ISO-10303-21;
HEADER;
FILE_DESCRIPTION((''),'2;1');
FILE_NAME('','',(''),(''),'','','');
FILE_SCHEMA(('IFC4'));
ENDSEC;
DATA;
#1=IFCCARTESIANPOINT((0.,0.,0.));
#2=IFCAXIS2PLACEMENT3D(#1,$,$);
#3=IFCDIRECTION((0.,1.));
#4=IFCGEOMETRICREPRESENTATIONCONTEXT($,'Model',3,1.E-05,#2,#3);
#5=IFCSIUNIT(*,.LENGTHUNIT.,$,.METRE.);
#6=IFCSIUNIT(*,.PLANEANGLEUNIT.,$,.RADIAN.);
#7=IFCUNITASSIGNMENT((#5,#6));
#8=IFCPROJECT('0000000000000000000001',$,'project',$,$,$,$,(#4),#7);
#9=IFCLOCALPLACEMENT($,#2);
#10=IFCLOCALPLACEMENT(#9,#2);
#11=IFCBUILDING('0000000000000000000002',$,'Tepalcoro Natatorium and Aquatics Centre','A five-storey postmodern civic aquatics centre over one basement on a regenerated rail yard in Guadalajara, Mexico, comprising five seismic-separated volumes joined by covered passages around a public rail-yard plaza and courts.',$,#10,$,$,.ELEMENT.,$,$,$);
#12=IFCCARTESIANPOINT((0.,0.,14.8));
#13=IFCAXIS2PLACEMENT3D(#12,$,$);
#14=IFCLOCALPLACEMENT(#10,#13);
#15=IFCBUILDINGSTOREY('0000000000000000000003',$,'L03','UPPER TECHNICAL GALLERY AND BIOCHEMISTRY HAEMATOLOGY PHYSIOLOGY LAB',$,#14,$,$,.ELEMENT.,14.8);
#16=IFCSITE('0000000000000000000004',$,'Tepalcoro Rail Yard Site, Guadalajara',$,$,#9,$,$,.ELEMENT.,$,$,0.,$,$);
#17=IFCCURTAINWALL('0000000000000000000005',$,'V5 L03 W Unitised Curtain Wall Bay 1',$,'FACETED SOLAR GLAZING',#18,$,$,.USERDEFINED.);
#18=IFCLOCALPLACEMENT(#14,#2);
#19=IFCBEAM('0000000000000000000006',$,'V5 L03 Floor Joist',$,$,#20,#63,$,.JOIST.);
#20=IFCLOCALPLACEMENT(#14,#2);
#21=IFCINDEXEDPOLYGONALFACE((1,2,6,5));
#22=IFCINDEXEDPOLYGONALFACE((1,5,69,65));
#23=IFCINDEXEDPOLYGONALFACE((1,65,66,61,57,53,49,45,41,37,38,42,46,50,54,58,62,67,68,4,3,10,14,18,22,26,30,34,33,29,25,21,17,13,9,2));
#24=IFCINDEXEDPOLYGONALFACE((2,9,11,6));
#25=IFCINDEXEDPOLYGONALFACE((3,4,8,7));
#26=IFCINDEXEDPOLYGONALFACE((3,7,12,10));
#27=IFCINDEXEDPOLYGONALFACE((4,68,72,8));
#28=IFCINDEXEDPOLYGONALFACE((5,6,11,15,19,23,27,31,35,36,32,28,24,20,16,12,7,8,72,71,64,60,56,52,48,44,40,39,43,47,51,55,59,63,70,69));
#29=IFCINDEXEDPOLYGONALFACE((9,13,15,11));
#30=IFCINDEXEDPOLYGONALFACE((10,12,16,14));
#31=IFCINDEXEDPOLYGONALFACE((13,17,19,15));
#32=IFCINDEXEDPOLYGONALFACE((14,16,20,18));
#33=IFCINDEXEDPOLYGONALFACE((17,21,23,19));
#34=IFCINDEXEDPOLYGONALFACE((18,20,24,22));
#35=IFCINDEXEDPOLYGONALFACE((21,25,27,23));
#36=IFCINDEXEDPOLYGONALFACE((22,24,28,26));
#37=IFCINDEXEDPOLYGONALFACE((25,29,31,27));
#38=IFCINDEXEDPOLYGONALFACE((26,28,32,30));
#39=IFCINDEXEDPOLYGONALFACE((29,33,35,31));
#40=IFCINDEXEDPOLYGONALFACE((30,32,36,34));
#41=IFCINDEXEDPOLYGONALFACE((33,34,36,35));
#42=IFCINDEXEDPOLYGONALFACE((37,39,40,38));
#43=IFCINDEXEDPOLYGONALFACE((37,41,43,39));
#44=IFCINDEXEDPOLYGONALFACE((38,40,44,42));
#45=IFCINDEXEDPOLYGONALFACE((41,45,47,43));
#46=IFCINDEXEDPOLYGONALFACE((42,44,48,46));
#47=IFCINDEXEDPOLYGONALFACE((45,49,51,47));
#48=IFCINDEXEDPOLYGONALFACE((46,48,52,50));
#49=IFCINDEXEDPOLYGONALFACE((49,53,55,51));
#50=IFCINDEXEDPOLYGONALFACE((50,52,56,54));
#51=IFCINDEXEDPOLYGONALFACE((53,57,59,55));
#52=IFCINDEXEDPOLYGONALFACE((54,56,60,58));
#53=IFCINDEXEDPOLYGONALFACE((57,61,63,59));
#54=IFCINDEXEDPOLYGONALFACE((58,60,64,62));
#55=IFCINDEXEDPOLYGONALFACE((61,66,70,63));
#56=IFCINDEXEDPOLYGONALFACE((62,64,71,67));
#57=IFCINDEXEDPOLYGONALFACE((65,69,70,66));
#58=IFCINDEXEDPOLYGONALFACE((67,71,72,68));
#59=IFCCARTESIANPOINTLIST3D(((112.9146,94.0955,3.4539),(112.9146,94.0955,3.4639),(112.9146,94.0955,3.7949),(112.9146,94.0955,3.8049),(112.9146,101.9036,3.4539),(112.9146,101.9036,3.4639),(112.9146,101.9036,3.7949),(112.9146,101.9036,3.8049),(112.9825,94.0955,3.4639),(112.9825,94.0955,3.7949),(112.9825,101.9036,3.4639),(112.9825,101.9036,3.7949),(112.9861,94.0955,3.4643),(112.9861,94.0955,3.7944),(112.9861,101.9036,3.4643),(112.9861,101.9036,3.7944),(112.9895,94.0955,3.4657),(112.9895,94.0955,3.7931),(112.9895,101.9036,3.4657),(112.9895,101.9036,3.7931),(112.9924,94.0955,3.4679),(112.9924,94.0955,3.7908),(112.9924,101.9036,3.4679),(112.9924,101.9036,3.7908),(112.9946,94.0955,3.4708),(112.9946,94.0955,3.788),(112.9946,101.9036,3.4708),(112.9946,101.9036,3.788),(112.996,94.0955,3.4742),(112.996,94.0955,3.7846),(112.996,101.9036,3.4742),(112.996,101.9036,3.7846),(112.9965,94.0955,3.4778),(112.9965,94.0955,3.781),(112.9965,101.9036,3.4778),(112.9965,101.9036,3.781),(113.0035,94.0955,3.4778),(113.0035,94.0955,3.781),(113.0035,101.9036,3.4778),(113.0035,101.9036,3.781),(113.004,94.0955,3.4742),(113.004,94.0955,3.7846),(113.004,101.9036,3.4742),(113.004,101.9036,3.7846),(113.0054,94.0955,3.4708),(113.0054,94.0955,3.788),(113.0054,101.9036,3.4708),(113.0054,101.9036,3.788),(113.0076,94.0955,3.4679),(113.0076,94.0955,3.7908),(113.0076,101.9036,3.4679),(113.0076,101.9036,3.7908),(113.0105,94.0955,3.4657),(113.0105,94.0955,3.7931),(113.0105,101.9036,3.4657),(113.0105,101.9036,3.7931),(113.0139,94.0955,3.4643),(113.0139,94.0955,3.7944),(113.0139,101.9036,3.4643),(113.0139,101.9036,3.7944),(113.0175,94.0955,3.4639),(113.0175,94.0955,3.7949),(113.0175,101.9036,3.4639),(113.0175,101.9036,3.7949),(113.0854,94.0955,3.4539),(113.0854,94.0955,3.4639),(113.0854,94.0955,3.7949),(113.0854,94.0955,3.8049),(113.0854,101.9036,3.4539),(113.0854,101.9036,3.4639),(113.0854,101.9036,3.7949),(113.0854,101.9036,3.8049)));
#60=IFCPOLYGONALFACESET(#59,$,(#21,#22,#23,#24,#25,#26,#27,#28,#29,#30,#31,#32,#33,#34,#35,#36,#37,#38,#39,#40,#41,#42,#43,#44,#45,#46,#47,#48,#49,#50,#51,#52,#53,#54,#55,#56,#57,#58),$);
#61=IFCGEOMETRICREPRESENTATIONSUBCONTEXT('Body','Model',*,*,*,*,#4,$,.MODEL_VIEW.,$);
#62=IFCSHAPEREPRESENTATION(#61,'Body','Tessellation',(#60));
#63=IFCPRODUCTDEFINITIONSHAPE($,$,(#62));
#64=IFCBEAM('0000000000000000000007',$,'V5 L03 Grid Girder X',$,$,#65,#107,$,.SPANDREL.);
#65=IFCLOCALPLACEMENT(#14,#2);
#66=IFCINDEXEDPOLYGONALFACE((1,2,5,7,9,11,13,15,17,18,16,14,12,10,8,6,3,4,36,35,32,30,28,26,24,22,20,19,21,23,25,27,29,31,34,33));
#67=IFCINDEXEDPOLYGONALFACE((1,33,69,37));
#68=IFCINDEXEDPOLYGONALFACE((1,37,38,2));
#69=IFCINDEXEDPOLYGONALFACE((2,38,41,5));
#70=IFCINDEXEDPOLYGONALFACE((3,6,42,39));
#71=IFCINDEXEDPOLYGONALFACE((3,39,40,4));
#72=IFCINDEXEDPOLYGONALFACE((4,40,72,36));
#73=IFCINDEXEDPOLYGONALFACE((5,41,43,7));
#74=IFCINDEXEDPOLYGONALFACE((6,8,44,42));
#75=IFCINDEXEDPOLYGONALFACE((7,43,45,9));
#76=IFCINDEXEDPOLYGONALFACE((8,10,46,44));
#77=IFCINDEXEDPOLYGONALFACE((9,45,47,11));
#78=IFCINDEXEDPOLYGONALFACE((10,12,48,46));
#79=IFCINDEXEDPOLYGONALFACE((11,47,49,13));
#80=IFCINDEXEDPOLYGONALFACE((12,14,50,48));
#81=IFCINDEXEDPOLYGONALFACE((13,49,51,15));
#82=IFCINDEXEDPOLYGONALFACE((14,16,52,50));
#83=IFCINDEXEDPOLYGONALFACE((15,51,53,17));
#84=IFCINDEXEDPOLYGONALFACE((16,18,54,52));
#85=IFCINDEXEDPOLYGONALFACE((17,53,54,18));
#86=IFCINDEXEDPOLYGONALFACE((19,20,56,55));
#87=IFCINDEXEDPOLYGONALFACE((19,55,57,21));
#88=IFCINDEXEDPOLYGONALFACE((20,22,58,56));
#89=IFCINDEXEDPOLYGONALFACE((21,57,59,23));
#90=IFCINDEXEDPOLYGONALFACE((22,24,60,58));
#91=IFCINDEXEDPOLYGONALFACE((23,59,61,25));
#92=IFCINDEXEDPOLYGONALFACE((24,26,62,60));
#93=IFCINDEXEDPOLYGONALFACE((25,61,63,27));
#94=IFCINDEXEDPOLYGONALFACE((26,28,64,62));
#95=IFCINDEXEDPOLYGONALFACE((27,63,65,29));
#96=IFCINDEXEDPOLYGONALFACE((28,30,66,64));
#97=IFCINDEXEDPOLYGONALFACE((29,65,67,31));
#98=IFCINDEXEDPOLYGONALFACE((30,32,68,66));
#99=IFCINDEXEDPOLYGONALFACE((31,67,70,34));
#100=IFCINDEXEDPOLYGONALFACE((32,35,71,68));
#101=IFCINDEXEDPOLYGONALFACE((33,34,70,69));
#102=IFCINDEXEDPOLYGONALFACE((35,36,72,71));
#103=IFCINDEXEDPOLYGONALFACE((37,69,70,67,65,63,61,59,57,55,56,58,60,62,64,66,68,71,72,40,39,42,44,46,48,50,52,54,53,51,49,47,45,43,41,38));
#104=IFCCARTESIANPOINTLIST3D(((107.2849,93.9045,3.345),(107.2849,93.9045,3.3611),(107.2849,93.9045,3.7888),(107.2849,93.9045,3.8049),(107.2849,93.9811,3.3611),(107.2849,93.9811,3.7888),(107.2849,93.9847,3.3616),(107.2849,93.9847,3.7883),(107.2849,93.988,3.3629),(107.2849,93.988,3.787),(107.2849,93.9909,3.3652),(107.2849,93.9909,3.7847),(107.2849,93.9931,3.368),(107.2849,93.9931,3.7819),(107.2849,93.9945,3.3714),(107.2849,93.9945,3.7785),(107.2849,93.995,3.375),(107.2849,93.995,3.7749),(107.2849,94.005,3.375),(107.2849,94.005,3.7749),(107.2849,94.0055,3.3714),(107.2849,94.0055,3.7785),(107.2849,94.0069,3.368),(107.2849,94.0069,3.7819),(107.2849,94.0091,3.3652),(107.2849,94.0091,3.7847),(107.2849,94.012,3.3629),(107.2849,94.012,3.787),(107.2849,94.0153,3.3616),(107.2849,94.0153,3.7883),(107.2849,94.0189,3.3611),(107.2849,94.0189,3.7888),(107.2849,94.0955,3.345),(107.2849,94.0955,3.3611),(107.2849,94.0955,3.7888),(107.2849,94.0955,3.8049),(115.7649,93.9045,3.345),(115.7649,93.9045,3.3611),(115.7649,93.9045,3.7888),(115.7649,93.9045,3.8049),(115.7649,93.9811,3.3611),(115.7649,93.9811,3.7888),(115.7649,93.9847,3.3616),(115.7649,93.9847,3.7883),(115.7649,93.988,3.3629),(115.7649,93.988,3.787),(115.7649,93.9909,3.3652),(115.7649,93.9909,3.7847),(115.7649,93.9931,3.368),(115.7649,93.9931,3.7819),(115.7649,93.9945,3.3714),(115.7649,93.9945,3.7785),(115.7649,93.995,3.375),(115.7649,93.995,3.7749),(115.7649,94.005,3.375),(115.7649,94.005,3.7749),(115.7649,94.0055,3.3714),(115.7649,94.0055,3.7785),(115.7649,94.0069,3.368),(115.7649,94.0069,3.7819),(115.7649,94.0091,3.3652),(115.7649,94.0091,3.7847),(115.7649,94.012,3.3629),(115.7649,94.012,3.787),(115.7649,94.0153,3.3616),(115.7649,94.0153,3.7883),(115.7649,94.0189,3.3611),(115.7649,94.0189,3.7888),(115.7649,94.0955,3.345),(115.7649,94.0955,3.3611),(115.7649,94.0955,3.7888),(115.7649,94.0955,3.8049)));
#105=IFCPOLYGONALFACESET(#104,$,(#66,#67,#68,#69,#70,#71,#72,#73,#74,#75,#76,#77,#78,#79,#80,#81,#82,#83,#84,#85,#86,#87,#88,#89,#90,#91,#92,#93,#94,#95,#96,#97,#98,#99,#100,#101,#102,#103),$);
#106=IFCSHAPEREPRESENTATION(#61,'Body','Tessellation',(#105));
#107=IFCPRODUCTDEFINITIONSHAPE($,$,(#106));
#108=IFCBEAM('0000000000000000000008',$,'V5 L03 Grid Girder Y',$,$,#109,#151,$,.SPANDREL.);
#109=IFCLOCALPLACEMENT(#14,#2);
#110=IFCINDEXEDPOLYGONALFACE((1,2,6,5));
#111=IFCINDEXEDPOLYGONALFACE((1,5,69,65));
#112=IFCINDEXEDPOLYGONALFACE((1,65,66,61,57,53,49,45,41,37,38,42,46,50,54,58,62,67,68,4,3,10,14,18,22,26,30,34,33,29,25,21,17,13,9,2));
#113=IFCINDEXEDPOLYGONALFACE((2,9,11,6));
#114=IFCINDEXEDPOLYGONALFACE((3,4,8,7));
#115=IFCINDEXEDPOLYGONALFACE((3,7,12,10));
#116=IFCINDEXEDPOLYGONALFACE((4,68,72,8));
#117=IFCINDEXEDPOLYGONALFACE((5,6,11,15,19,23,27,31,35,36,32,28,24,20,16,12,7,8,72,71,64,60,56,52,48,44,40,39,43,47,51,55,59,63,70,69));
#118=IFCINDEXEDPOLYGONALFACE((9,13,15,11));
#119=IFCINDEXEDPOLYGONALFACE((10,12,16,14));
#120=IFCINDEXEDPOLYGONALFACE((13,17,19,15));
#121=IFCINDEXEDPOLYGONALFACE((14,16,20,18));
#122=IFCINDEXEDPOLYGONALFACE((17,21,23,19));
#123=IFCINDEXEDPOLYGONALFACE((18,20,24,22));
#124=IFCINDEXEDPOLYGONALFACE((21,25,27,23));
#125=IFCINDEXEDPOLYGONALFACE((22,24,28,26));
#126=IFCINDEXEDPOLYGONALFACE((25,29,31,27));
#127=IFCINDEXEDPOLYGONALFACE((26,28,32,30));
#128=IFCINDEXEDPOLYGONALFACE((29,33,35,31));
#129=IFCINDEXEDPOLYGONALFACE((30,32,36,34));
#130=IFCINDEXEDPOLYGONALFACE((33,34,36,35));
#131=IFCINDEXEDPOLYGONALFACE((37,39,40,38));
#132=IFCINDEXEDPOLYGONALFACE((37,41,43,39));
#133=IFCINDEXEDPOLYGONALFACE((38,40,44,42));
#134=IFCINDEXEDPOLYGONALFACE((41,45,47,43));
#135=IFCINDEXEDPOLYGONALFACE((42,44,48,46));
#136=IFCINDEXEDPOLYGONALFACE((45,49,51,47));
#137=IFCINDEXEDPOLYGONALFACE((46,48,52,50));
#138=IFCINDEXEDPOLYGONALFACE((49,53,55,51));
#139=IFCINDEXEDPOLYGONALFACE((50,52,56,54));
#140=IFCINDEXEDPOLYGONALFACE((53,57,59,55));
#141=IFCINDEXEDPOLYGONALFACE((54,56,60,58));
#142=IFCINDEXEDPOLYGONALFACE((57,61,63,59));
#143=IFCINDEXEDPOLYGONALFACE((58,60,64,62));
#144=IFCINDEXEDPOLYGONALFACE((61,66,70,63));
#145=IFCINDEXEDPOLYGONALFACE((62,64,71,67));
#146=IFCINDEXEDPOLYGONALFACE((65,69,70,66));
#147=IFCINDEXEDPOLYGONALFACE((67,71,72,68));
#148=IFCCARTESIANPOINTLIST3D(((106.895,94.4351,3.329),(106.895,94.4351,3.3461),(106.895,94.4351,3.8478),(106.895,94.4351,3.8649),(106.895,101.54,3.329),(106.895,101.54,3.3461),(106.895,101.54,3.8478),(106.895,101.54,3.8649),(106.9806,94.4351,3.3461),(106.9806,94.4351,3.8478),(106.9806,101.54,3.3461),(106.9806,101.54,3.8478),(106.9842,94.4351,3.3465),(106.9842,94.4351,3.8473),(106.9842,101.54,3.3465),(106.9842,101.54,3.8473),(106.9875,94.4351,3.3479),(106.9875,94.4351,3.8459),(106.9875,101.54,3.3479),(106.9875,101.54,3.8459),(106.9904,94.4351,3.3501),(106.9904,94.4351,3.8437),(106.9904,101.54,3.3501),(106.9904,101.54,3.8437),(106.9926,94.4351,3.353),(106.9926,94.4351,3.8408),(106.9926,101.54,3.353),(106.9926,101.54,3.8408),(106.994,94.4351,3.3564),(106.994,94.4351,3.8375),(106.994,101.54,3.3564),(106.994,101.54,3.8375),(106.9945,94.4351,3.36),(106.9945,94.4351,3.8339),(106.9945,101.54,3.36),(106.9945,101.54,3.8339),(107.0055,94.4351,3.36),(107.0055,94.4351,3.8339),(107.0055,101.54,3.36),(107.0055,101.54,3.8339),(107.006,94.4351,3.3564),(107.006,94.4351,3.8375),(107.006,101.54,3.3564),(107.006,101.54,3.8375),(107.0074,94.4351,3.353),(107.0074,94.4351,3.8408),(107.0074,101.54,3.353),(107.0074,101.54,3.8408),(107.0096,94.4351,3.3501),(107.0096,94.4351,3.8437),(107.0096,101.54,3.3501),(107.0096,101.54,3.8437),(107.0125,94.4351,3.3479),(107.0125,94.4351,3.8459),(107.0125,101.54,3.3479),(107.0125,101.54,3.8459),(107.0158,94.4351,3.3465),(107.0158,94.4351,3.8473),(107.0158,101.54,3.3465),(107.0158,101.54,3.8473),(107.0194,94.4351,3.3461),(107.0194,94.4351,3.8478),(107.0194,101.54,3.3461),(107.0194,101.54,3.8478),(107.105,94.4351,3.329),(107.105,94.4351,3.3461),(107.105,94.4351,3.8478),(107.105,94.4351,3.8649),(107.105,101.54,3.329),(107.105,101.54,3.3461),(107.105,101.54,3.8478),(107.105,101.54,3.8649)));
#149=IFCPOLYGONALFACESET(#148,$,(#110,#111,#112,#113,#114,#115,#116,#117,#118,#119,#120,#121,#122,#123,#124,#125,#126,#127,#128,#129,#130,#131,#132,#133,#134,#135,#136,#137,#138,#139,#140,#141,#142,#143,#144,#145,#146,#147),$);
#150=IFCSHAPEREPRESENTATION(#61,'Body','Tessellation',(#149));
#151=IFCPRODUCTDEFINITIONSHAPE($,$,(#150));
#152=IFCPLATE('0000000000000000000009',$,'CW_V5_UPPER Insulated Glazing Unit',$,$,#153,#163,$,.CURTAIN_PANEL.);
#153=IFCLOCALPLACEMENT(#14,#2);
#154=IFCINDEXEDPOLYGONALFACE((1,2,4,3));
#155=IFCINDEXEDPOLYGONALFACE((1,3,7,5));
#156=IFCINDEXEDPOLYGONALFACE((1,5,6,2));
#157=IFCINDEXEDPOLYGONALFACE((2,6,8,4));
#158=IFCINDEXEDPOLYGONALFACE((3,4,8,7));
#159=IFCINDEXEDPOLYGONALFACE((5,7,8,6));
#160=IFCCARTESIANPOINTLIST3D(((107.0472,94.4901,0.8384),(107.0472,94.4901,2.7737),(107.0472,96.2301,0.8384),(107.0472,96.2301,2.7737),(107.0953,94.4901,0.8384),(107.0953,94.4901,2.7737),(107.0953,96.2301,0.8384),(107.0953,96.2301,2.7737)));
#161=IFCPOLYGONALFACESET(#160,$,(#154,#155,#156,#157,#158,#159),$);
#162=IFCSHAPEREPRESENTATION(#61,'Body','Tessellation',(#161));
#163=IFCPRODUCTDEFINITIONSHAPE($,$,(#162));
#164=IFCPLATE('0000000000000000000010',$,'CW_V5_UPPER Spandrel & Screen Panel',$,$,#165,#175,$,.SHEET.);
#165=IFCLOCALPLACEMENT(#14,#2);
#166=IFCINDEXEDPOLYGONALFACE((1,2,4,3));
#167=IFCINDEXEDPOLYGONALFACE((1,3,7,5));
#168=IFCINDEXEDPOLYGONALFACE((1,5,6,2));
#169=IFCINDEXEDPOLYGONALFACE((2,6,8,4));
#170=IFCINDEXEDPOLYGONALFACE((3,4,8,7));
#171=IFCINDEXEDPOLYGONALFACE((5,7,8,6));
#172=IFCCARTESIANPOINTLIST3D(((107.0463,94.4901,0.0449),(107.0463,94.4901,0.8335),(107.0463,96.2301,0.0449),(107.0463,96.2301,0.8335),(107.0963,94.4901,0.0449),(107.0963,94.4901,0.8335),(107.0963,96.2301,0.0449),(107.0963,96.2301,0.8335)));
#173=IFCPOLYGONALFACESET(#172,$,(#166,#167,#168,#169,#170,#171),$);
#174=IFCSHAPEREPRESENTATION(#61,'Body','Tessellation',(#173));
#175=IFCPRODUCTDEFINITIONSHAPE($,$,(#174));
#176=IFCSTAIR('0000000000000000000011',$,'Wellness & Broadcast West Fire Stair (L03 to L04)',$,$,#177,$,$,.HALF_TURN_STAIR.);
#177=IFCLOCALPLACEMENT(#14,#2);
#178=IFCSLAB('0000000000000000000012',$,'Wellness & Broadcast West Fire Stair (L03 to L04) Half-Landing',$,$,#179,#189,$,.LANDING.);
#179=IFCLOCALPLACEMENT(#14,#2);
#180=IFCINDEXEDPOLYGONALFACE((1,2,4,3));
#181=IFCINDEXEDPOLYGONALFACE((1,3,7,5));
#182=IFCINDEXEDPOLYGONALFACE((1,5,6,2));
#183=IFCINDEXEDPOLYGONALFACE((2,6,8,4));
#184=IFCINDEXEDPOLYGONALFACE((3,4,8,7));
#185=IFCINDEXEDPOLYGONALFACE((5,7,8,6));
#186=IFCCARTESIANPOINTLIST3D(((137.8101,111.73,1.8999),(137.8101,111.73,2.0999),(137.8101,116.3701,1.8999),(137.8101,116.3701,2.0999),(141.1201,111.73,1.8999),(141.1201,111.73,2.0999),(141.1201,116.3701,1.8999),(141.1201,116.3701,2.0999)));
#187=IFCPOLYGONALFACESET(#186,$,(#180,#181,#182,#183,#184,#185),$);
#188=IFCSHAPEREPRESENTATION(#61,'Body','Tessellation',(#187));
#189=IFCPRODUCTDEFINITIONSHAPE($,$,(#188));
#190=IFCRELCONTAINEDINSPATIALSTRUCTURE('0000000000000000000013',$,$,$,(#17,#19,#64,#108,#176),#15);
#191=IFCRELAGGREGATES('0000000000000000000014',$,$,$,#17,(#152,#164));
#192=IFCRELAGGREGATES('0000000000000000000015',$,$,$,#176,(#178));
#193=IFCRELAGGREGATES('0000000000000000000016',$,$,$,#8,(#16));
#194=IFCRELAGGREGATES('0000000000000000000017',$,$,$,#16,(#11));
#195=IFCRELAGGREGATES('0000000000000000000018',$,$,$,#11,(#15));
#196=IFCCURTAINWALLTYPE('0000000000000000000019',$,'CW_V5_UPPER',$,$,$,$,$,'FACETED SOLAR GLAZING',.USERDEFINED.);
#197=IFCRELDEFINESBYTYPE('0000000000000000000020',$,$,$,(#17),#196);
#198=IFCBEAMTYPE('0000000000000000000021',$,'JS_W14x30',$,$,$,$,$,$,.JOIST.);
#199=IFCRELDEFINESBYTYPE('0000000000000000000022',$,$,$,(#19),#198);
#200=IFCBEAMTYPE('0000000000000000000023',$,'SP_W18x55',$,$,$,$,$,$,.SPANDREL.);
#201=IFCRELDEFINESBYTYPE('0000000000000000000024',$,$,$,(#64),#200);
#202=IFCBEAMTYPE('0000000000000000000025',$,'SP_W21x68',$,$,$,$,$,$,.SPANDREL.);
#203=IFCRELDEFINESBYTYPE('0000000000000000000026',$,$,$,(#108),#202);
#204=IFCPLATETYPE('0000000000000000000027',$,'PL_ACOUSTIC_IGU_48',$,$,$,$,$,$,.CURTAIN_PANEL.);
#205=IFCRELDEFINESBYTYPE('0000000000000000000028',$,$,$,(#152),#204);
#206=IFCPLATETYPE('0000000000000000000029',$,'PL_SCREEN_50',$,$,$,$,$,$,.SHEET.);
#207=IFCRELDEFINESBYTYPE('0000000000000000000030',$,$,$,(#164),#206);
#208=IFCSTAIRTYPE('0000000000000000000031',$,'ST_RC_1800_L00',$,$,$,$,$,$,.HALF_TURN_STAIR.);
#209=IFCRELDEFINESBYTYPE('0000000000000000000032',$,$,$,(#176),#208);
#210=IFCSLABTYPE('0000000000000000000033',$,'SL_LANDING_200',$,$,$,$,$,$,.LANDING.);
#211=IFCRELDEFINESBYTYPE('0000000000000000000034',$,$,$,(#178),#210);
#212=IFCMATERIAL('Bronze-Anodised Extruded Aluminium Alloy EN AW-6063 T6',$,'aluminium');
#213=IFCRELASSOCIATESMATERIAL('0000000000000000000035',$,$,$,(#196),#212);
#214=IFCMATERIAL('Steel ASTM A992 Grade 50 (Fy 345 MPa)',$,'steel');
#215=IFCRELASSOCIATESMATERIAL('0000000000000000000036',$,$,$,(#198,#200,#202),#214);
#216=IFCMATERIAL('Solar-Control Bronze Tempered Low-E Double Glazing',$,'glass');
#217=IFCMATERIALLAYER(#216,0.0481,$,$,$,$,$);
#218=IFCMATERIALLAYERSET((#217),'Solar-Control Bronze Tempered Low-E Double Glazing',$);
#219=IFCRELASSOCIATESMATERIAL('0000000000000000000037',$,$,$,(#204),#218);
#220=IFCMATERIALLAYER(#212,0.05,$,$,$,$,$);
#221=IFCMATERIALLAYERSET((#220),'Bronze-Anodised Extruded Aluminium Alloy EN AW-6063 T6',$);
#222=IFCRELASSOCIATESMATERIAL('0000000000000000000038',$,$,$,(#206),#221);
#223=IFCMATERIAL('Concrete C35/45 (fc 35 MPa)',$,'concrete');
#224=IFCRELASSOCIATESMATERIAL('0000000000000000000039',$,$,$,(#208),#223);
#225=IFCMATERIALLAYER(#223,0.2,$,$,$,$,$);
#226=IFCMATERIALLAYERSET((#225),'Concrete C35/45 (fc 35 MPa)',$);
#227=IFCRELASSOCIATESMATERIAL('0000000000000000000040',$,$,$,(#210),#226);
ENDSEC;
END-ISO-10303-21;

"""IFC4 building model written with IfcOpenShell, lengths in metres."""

from ifc_helpers import new_model, si_unit, direction, frame, origin, origin_2d, place, context, subcontext, project, spatial, polyline, rectangle, i_section, outline, extrude, material, layer, layer_set, material_profile, profile_set, type_object, element, aggregate, save


model = new_model("IFC4")

# Units and contexts
model_context = context("Model", 3, precision=1e-05, world=origin(), true_north=direction((0.0, 1.0)))
body_context = subcontext(model_context, "Body", "Model", "MODEL_VIEW")
ifc_project = project(units=[si_unit("LENGTHUNIT", "METRE"), si_unit("PLANEANGLEUNIT", "RADIAN")], contexts=[model_context])

# Site, building, storey
site_placement = place(None, origin())
site = spatial("IfcSite", under=ifc_project, at=site_placement, Name="Tepalcoro Rail Yard Site, Guadalajara", CompositionType="ELEMENT", RefElevation=0.0)
building_placement = place(site_placement, origin())
building = spatial("IfcBuilding", under=site, at=building_placement, Name="Tepalcoro Natatorium and Aquatics Centre", Description="A five-storey postmodern civic aquatics centre over one basement on a regenerated rail yard in Guadalajara, Mexico, comprising five seismic-separated volumes joined by covered passages around a public rail-yard plaza and courts.", CompositionType="ELEMENT")
storey_placement = place(building_placement, frame((0.0, 0.0, 14.8)))
storey = spatial("IfcBuildingStorey", under=building, at=storey_placement, Name="L03", Description="UPPER TECHNICAL GALLERY AND BIOCHEMISTRY HAEMATOLOGY PHYSIOLOGY LAB", CompositionType="ELEMENT", Elevation=14.8)

# Curtain wall
ifc_material_1 = material(Name="Bronze-Anodised Extruded Aluminium Alloy EN AW-6063 T6", Category="aluminium")
curtain_wall_type = type_object("IfcCurtainWallType", Name="CW_V5_UPPER", ElementType="FACETED SOLAR GLAZING", PredefinedType="USERDEFINED", material=ifc_material_1)
curtain_wall_placement = place(storey_placement, origin())
curtain_wall = element("IfcCurtainWall", 1, at=curtain_wall_placement, inside=storey, type_object=curtain_wall_type, Name="V5 L03 W Unitised Curtain Wall Bay 1", ObjectType="FACETED SOLAR GLAZING", PredefinedType="USERDEFINED")

# Beams
ifc_material_2 = material(Name="Steel ASTM A992 Grade 50 (Fy 345 MPa)", Category="steel")
ifc_material_profile_1 = material_profile(ifc_material_2, i_section(OverallWidth=0.1709, OverallDepth=0.3511, WebThickness=0.0071, FlangeThickness=0.01, FilletRadius=0.0139, at=origin_2d()), Name="W14X30")
ifc_profile_set_1 = profile_set([ifc_material_profile_1], Name="Steel ASTM A992 Grade 50 (Fy 345 MPa)")
beam_type_1 = type_object("IfcBeamType", Name="JS_W14x30", PredefinedType="JOIST", material=ifc_profile_set_1)
beam_1_placement = place(storey_placement, frame((113.0, 94.0955, 3.6294), z_axis=(0.0, 1.0, 0.0), x_axis=(-1.0, 0.0, 0.0)))
element("IfcBeam", 2, at=beam_1_placement, inside=storey, type_object=beam_type_1, Name="V5 L03 Floor Joist", PredefinedType="JOIST", context=body_context, shape_type="SweptSolid", body=[
    extrude(i_section(OverallWidth=0.1709, OverallDepth=0.3511, WebThickness=0.0071, FlangeThickness=0.01, FilletRadius=0.0139, at=origin_2d()), origin(), (0.0, 0.0, 1.0), 7.8081),
])
ifc_material_profile_2 = material_profile(ifc_material_2, i_section(OverallWidth=0.1909, OverallDepth=0.46, WebThickness=0.01, FlangeThickness=0.0161, FilletRadius=0.0139, at=origin_2d()), Name="W18X55")
ifc_profile_set_2 = profile_set([ifc_material_profile_2], Name="Steel ASTM A992 Grade 50 (Fy 345 MPa)")
beam_type_2 = type_object("IfcBeamType", Name="SP_W18x55", PredefinedType="SPANDREL", material=ifc_profile_set_2)
beam_2_placement = place(storey_placement, frame((107.2849, 94.0, 3.575), z_axis=(1.0, 0.0, 0.0), x_axis=(0.0, 1.0, 0.0)))
element("IfcBeam", 3, at=beam_2_placement, inside=storey, type_object=beam_type_2, Name="V5 L03 Grid Girder X", PredefinedType="SPANDREL", context=body_context, shape_type="SweptSolid", body=[
    extrude(i_section(OverallWidth=0.1909, OverallDepth=0.46, WebThickness=0.01, FlangeThickness=0.0161, FilletRadius=0.0139, at=origin_2d()), origin(), (0.0, 0.0, 1.0), 8.48),
])
ifc_material_profile_3 = material_profile(ifc_material_2, i_section(OverallWidth=0.21, OverallDepth=0.5359, WebThickness=0.011, FlangeThickness=0.0171, FilletRadius=0.0139, at=origin_2d()), Name="W21X68")
ifc_profile_set_3 = profile_set([ifc_material_profile_3], Name="Steel ASTM A992 Grade 50 (Fy 345 MPa)")
beam_type_3 = type_object("IfcBeamType", Name="SP_W21x68", PredefinedType="SPANDREL", material=ifc_profile_set_3)
beam_3_placement = place(storey_placement, frame((107.0, 94.4351, 3.5969), z_axis=(0.0, 1.0, 0.0), x_axis=(-1.0, 0.0, 0.0)))
element("IfcBeam", 4, at=beam_3_placement, inside=storey, type_object=beam_type_3, Name="V5 L03 Grid Girder Y", PredefinedType="SPANDREL", context=body_context, shape_type="SweptSolid", body=[
    extrude(i_section(OverallWidth=0.21, OverallDepth=0.5359, WebThickness=0.011, FlangeThickness=0.0171, FilletRadius=0.0139, at=origin_2d()), origin(), (0.0, 0.0, 1.0), 7.105),
])

# Plates
ifc_material_3 = material(Name="Solar-Control Bronze Tempered Low-E Double Glazing", Category="glass")
ifc_layer_1 = layer(ifc_material_3, 0.0481)
ifc_layer_set_1 = layer_set([ifc_layer_1], Name="Solar-Control Bronze Tempered Low-E Double Glazing")
plate_type_1 = type_object("IfcPlateType", Name="PL_ACOUSTIC_IGU_48", PredefinedType="CURTAIN_PANEL", material=ifc_layer_set_1)
plate_1_placement = place(storey_placement, frame((107.0713, 95.3601, 0.8384), z_axis=(0.0, 0.0, 1.0), x_axis=(1.0, 0.0, 0.0)))
plate_1 = element("IfcPlate", 5, at=plate_1_placement, type_object=plate_type_1, Name="CW_V5_UPPER Insulated Glazing Unit", PredefinedType="CURTAIN_PANEL", context=body_context, shape_type="SweptSolid", body=[
    extrude(rectangle(XDim=0.0481, YDim=1.74, at=origin_2d()), origin(), (0.0, 0.0, 1.0), 1.9353),
])
ifc_layer_2 = layer(ifc_material_1, 0.05)
ifc_layer_set_2 = layer_set([ifc_layer_2], Name="Bronze-Anodised Extruded Aluminium Alloy EN AW-6063 T6")
plate_type_2 = type_object("IfcPlateType", Name="PL_SCREEN_50", PredefinedType="SHEET", material=ifc_layer_set_2)
plate_2_placement = place(storey_placement, frame((107.0713, 95.3601, 0.0449), z_axis=(0.0, 0.0, 1.0), x_axis=(1.0, 0.0, 0.0)))
plate_2 = element("IfcPlate", 6, at=plate_2_placement, type_object=plate_type_2, Name="CW_V5_UPPER Spandrel & Screen Panel", PredefinedType="SHEET", context=body_context, shape_type="SweptSolid", body=[
    extrude(rectangle(XDim=0.05, YDim=1.74, at=origin_2d()), origin(), (0.0, 0.0, 1.0), 0.7886),
])
aggregate(curtain_wall, [plate_1, plate_2])

# Stair, slab
ifc_material_4 = material(Name="Concrete C35/45 (fc 35 MPa)", Category="concrete")
stair_type_1 = type_object("IfcStairType", Name="ST_RC_1800_L00", PredefinedType="HALF_TURN_STAIR", material=ifc_material_4)
stair_1_placement = place(storey_placement, origin())
stair_1 = element("IfcStair", 7, at=stair_1_placement, inside=storey, type_object=stair_type_1, Name="Wellness & Broadcast West Fire Stair (L03 to L04)", PredefinedType="HALF_TURN_STAIR")
ifc_layer_3 = layer(ifc_material_4, 0.2)
ifc_layer_set_3 = layer_set([ifc_layer_3], Name="Concrete C35/45 (fc 35 MPa)")
slab_type = type_object("IfcSlabType", Name="SL_LANDING_200", PredefinedType="LANDING", material=ifc_layer_set_3)
slab_1_placement = place(storey_placement, frame((0.0, 0.0, 1.8999)))
slab_1 = element("IfcSlab", 8, at=slab_1_placement, type_object=slab_type, Name="Wellness & Broadcast West Fire Stair (L03 to L04) Half-Landing", PredefinedType="LANDING", context=body_context, shape_type="SweptSolid", body=[
    extrude(outline(polyline([(137.8101, 111.73), (141.1201, 111.73), (141.1201, 116.3701), (137.8101, 116.3701), (137.8101, 111.73)])), origin(), (0.0, 0.0, 1.0), 0.2),
])
aggregate(stair_1, [slab_1])

save(model, "model.ifc")
